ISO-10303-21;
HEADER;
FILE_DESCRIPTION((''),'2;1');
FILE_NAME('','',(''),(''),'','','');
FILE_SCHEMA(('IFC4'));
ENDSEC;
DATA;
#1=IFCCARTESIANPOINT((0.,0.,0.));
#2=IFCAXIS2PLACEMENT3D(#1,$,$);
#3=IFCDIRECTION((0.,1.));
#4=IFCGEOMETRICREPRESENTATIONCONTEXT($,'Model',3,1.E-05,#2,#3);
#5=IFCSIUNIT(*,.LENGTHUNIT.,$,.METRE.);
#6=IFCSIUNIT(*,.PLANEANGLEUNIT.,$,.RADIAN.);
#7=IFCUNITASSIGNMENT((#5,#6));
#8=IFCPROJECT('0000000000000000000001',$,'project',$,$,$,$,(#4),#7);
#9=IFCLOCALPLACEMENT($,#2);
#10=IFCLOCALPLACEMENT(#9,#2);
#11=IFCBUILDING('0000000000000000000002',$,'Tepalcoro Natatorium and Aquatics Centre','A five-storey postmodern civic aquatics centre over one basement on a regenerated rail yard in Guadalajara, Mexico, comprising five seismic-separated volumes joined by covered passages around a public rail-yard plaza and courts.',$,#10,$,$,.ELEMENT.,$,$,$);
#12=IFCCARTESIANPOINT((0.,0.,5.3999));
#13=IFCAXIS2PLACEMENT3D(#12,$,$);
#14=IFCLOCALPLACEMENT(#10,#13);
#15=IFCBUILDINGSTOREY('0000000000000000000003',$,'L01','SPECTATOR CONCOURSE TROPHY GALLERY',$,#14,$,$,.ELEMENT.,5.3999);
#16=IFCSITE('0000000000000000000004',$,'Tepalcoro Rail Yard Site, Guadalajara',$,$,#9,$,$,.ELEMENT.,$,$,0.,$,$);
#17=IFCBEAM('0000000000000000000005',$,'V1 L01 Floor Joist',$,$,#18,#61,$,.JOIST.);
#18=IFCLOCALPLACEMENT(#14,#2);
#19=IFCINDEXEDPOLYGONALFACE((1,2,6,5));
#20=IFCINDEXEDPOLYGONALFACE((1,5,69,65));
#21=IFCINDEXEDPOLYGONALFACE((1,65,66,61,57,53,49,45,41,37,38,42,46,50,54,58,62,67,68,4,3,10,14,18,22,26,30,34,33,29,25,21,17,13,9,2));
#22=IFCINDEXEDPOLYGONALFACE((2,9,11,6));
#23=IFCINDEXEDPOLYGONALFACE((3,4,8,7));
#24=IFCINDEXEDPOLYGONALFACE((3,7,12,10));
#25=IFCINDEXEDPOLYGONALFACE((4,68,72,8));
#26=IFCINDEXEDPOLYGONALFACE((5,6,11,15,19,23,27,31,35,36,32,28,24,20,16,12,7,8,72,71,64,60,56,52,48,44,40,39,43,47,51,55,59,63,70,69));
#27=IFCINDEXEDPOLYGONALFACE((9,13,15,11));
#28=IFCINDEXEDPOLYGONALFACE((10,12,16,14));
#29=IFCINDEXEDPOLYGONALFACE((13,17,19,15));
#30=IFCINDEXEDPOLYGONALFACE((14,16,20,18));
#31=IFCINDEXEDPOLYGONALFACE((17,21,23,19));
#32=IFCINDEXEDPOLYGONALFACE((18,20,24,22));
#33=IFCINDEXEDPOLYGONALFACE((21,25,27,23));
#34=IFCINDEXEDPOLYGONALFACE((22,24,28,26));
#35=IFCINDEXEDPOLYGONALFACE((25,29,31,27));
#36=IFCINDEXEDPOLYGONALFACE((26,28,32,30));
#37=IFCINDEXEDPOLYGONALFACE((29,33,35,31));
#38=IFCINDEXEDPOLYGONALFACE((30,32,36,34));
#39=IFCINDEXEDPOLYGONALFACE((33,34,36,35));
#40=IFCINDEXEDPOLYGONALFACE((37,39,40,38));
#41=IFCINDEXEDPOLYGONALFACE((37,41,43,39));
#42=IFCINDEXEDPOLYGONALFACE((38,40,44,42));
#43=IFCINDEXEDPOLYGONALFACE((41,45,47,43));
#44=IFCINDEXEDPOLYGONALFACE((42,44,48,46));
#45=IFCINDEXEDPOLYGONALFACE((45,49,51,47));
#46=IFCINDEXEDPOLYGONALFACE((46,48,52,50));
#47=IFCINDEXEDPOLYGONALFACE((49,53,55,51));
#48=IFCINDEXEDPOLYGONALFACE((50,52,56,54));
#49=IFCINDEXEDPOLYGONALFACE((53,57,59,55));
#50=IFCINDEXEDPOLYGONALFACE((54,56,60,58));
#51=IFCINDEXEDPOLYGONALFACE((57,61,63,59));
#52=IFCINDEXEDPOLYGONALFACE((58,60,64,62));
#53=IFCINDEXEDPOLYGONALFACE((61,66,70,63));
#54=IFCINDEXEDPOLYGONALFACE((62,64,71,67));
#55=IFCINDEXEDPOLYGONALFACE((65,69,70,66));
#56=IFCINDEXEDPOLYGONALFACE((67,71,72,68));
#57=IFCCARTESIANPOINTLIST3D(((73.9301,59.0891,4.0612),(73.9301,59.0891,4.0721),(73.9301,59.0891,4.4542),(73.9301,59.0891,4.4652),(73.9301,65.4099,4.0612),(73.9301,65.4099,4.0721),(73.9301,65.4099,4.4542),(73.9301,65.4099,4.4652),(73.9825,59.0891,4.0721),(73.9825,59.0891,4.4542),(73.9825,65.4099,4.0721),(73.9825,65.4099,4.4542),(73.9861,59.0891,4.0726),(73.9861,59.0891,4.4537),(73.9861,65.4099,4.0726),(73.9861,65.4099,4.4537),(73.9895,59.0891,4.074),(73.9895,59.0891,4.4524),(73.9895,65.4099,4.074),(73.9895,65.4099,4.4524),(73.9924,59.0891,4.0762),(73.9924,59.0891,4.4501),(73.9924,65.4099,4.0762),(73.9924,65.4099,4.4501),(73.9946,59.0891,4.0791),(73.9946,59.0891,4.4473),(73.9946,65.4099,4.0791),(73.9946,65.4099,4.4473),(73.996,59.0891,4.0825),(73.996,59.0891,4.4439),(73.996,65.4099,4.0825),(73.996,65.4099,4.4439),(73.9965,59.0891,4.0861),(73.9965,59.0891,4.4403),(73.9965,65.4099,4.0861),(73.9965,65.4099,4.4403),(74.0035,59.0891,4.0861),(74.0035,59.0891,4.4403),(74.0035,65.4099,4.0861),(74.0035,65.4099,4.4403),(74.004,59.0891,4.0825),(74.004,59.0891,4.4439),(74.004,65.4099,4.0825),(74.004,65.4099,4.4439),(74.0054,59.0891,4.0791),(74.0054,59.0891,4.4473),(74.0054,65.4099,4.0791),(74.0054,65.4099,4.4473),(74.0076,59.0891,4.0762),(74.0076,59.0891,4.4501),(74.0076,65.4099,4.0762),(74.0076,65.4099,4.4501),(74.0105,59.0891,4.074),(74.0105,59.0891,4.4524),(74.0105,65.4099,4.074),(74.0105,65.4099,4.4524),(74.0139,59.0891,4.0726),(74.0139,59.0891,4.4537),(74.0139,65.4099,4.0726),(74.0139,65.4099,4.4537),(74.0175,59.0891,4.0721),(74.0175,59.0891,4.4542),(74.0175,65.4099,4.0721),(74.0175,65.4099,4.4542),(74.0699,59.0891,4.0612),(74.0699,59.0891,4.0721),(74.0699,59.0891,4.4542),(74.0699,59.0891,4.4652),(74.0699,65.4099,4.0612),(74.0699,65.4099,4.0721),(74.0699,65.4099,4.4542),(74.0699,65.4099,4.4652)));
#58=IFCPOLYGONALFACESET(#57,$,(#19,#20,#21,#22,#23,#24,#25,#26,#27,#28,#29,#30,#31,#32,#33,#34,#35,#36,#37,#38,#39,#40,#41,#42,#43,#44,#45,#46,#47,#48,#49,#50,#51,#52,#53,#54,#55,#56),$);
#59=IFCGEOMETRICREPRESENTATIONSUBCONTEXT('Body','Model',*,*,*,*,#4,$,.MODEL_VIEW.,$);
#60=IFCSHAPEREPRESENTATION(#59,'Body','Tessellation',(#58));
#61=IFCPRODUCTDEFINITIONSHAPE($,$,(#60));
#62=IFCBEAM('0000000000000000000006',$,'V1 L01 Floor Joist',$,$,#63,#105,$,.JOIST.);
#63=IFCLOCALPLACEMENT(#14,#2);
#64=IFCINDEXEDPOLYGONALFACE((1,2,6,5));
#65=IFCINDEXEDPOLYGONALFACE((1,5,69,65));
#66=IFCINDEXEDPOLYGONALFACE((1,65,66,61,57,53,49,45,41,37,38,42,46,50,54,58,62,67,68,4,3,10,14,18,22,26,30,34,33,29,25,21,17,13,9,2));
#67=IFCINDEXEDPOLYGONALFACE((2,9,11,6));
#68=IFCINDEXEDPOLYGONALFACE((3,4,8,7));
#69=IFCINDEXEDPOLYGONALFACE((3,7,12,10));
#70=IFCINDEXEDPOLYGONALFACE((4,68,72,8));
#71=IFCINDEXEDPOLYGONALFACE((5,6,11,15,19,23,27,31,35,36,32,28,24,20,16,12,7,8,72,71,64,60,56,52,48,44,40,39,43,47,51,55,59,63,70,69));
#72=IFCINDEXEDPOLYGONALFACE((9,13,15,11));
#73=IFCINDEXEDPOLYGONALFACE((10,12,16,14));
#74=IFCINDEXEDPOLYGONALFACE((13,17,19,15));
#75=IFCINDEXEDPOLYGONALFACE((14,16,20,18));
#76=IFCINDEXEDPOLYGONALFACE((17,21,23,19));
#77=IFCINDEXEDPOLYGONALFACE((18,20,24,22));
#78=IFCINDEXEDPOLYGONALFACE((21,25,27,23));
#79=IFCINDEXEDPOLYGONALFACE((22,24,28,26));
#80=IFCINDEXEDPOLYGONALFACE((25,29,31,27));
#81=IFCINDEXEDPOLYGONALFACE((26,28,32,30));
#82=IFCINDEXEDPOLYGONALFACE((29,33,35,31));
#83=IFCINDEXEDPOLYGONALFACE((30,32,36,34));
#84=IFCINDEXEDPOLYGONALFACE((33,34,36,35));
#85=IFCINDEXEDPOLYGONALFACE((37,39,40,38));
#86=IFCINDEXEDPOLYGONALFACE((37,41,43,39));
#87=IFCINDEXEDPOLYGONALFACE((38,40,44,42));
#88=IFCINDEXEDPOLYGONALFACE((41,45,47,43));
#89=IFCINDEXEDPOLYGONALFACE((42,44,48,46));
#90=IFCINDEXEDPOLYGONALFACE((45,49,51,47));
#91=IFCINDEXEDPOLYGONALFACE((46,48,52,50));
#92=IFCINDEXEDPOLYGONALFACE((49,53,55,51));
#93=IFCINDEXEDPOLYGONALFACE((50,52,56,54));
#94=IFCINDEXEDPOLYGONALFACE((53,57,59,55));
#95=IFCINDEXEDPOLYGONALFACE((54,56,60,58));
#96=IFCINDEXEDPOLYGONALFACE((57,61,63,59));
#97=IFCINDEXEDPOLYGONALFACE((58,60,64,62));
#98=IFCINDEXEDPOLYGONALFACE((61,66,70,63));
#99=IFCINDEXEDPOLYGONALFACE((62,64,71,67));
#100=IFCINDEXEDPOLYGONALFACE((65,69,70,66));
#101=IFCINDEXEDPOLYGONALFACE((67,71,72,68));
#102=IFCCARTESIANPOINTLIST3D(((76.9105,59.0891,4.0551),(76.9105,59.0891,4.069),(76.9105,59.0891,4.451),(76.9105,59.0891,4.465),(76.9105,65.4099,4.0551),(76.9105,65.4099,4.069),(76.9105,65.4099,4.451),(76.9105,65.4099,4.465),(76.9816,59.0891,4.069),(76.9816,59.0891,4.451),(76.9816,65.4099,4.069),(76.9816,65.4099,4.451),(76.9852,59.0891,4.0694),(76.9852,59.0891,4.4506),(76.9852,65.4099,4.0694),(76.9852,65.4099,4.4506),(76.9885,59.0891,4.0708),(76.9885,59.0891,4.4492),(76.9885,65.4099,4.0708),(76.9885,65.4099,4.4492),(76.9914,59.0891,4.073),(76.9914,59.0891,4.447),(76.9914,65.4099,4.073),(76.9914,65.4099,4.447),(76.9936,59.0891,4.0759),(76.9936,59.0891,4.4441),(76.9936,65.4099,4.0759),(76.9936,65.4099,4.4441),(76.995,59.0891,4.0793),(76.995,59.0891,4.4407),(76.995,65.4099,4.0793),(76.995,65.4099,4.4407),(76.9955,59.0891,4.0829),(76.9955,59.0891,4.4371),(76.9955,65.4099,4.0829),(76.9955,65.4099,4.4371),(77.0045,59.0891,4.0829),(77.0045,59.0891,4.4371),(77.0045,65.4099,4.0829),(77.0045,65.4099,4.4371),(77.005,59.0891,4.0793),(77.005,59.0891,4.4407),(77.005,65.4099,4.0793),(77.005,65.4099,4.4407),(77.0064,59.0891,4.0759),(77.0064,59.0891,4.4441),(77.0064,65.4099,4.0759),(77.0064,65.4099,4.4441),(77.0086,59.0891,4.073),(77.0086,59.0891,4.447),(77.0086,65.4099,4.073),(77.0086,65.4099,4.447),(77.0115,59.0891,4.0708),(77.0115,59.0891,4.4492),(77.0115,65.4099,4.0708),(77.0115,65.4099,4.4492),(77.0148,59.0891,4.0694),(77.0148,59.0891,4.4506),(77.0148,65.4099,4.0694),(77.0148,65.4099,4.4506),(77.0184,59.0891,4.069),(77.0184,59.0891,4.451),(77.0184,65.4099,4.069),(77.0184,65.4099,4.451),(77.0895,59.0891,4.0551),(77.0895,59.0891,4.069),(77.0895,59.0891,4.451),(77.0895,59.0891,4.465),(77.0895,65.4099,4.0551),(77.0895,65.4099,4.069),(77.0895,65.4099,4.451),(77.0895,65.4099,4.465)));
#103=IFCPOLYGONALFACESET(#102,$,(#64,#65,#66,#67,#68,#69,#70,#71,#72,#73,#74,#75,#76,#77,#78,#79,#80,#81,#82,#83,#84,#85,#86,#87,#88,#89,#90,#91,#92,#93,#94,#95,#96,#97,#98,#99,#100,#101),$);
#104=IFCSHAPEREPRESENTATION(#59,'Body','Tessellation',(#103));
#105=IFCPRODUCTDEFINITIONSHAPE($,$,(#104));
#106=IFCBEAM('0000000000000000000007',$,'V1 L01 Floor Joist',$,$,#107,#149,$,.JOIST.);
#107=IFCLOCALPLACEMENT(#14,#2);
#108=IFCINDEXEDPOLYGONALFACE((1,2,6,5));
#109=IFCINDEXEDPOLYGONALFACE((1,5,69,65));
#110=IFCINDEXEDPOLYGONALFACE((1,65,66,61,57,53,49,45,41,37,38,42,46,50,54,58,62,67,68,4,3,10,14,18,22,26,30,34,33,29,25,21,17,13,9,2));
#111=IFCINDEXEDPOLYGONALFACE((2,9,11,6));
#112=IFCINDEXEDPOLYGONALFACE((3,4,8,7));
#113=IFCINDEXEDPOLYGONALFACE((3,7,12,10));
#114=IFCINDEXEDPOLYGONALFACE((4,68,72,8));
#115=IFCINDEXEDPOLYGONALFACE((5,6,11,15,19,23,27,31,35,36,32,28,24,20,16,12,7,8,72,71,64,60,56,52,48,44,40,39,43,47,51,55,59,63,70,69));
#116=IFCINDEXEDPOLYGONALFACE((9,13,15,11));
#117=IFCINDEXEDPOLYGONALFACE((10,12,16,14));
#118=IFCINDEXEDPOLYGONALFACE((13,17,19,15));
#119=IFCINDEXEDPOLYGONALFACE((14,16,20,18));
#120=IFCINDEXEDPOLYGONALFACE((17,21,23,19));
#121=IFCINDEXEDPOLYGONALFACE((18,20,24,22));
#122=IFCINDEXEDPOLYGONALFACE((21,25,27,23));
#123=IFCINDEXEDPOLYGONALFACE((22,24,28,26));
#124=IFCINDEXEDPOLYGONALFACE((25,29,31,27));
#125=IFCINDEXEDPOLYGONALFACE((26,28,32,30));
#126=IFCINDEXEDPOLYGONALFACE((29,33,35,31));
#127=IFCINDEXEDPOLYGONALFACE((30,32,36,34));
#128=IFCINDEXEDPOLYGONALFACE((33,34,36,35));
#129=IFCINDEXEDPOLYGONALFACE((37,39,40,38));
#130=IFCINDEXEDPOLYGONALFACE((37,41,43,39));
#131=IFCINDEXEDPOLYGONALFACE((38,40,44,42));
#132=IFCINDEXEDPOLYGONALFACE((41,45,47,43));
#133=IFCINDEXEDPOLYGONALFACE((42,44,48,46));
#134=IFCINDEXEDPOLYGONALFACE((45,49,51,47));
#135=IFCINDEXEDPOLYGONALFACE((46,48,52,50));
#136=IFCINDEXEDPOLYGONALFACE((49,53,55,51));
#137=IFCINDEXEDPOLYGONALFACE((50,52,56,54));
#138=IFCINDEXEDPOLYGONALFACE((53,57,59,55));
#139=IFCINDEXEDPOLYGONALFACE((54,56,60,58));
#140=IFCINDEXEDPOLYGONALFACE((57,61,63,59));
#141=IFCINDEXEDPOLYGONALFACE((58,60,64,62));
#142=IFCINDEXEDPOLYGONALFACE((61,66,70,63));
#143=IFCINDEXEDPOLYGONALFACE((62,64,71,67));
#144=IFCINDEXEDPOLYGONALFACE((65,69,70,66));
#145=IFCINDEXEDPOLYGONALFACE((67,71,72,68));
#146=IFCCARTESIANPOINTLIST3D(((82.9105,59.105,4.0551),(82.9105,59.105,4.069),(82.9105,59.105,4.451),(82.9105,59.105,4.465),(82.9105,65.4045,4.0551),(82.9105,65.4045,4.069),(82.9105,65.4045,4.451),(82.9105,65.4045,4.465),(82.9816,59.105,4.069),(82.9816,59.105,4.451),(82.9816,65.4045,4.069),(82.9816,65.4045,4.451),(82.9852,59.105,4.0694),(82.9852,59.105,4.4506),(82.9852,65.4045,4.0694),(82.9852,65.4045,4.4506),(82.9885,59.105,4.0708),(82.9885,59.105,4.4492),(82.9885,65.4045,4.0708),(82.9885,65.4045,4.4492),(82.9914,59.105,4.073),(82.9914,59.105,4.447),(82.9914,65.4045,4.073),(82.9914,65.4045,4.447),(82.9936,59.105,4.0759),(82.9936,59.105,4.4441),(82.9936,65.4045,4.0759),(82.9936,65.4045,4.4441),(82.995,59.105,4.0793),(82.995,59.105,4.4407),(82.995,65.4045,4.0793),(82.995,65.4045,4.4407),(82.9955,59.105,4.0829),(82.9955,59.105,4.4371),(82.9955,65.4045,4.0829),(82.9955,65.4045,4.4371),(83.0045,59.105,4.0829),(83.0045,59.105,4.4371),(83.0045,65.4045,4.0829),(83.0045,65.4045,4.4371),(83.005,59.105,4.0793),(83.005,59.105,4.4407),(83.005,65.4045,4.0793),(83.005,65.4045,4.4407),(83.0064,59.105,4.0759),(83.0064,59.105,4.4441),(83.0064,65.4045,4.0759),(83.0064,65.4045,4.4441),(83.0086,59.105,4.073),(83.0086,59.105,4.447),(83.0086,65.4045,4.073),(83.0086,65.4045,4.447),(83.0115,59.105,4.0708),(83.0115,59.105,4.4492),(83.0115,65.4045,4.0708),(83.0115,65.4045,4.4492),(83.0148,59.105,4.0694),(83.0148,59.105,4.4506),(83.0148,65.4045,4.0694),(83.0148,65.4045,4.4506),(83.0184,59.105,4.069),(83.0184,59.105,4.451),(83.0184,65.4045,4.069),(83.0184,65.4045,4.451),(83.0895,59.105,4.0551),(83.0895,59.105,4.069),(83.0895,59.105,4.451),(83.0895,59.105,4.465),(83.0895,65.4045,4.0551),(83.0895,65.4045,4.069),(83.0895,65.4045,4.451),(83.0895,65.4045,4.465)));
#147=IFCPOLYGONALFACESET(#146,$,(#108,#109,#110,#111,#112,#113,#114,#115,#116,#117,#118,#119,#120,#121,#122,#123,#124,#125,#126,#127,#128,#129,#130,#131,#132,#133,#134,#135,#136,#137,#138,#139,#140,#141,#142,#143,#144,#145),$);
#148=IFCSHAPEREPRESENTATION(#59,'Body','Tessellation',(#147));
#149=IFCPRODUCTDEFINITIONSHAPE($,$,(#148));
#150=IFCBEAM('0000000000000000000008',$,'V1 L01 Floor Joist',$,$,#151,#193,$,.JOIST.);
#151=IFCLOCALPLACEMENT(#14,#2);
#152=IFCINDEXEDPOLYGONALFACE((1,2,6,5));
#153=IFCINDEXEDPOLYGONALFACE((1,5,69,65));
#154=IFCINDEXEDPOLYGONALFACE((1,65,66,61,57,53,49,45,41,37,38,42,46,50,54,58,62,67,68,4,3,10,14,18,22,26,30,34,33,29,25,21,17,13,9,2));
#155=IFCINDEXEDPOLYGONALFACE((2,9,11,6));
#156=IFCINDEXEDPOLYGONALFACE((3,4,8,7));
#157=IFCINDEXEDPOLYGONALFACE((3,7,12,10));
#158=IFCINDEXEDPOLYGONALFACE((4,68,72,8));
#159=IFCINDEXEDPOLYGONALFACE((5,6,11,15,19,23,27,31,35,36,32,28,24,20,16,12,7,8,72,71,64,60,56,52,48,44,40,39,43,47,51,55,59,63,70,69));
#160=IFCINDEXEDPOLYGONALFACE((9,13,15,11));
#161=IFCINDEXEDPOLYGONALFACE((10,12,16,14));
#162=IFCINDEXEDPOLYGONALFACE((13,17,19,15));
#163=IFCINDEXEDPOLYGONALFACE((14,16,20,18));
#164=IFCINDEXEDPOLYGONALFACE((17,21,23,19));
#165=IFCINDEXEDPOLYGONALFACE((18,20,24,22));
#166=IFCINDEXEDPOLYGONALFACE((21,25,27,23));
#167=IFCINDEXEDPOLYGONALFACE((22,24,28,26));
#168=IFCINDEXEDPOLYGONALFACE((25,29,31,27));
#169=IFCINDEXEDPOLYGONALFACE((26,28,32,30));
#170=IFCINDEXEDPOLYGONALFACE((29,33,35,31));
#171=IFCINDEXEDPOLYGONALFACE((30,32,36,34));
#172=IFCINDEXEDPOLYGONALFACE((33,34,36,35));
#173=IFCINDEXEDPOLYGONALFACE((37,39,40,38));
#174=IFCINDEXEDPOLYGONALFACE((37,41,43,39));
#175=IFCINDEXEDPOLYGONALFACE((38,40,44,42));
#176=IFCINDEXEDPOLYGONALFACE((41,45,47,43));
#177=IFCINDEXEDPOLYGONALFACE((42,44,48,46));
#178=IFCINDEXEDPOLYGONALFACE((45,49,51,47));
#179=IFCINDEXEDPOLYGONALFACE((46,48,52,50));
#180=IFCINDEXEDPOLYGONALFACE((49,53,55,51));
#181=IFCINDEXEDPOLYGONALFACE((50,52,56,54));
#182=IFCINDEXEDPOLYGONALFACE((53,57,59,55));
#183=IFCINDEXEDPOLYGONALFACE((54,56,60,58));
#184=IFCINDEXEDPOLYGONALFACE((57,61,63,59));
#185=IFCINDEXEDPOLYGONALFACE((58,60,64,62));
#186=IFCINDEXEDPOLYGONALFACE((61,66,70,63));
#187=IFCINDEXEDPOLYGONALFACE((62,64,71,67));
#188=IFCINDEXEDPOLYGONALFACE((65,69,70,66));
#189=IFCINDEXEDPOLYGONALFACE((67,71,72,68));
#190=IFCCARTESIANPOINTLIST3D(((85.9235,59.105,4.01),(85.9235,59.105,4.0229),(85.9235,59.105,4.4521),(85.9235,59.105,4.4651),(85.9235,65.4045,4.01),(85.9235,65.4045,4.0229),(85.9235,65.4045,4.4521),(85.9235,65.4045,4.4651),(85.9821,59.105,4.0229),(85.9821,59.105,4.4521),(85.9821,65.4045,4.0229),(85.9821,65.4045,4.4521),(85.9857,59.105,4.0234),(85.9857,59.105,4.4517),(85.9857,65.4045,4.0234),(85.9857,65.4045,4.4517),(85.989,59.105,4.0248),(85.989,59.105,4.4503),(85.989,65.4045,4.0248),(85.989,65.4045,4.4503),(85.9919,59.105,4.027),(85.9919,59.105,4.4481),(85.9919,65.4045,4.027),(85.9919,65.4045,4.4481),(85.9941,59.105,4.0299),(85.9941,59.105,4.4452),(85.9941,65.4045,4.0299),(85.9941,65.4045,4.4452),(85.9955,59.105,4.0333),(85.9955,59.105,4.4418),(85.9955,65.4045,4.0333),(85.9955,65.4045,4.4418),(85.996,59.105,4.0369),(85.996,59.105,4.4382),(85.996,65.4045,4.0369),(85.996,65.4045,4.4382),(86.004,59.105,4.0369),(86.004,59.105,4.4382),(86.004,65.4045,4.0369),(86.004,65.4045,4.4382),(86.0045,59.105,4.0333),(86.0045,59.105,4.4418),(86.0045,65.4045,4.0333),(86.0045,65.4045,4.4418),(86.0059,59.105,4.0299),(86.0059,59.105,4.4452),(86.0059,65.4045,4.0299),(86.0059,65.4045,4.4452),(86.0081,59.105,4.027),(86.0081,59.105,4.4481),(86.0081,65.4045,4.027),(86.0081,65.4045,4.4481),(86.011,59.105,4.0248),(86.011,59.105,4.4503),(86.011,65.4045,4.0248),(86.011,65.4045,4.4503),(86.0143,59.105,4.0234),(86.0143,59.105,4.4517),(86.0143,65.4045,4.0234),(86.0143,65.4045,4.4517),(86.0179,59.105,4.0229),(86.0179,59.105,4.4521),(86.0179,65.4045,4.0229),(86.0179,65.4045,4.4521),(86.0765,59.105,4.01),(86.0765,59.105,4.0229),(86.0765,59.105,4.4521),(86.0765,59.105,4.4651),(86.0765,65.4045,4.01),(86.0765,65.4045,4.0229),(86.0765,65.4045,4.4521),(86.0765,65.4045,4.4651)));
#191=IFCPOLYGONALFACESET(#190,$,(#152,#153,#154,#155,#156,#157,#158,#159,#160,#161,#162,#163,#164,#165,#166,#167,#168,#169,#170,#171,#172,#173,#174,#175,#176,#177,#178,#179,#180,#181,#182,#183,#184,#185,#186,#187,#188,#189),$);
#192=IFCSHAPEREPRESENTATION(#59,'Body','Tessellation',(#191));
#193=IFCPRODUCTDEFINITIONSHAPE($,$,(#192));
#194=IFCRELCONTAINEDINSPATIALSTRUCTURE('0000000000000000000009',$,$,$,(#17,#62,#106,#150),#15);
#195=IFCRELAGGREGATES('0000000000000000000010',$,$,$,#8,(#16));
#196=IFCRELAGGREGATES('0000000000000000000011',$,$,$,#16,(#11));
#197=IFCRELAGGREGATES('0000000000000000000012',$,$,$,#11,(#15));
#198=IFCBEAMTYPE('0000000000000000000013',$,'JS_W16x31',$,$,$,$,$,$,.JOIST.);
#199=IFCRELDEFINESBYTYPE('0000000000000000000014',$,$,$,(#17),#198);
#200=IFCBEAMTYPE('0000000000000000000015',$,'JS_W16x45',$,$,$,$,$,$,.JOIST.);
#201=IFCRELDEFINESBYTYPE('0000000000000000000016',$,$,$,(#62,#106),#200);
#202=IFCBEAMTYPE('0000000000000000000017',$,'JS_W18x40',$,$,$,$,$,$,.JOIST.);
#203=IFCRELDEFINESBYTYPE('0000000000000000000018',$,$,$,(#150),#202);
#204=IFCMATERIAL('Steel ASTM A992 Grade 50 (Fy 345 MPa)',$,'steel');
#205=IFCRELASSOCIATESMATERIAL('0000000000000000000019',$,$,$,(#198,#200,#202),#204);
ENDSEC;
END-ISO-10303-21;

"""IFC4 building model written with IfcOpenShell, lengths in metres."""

from ifc_helpers import new_model, si_unit, direction, frame, origin, origin_2d, place, context, subcontext, project, spatial, i_section, extrude, material, material_profile, profile_set, type_object, element, save


model = new_model("IFC4")

# Units and contexts
model_context = context("Model", 3, precision=1e-05, world=origin(), true_north=direction((0.0, 1.0)))
body_context = subcontext(model_context, "Body", "Model", "MODEL_VIEW")
ifc_project = project(units=[si_unit("LENGTHUNIT", "METRE"), si_unit("PLANEANGLEUNIT", "RADIAN")], contexts=[model_context])

# Site, building, storey
site_placement = place(None, origin())
site = spatial("IfcSite", under=ifc_project, at=site_placement, Name="Tepalcoro Rail Yard Site, Guadalajara", CompositionType="ELEMENT", RefElevation=0.0)
building_placement = place(site_placement, origin())
building = spatial("IfcBuilding", under=site, at=building_placement, Name="Tepalcoro Natatorium and Aquatics Centre", Description="A five-storey postmodern civic aquatics centre over one basement on a regenerated rail yard in Guadalajara, Mexico, comprising five seismic-separated volumes joined by covered passages around a public rail-yard plaza and courts.", CompositionType="ELEMENT")
storey_placement = place(building_placement, frame((0.0, 0.0, 5.3999)))
storey = spatial("IfcBuildingStorey", under=building, at=storey_placement, Name="L01", Description="SPECTATOR CONCOURSE TROPHY GALLERY", CompositionType="ELEMENT", Elevation=5.3999)

# Beams
ifc_material_1 = material(Name="Steel ASTM A992 Grade 50 (Fy 345 MPa)", Category="steel")
ifc_material_profile_1 = material_profile(ifc_material_1, i_section(OverallWidth=0.1399, OverallDepth=0.4041, WebThickness=0.0071, FlangeThickness=0.011, FilletRadius=0.0139, at=origin_2d()), Name="W16X31")
ifc_profile_set_1 = profile_set([ifc_material_profile_1], Name="Steel ASTM A992 Grade 50 (Fy 345 MPa)")
beam_type_1 = type_object("IfcBeamType", Name="JS_W16x31", PredefinedType="JOIST", material=ifc_profile_set_1)
beam_1_placement = place(storey_placement, frame((74.0, 59.0891, 4.2632), z_axis=(0.0, 1.0, 0.0), x_axis=(-1.0, 0.0, 0.0)))
element("IfcBeam", 1, at=beam_1_placement, inside=storey, type_object=beam_type_1, Name="V1 L01 Floor Joist", PredefinedType="JOIST", context=body_context, shape_type="SweptSolid", body=[
    extrude(i_section(OverallWidth=0.1399, OverallDepth=0.4041, WebThickness=0.0071, FlangeThickness=0.011, FilletRadius=0.0139, at=origin_2d()), origin(), (0.0, 0.0, 1.0), 6.3208),
])
ifc_material_profile_2 = material_profile(ifc_material_1, i_section(OverallWidth=0.179, OverallDepth=0.4099, WebThickness=0.009, FlangeThickness=0.0139, FilletRadius=0.0139, at=origin_2d()), Name="W16X45")
ifc_profile_set_2 = profile_set([ifc_material_profile_2], Name="Steel ASTM A992 Grade 50 (Fy 345 MPa)")
beam_type_2 = type_object("IfcBeamType", Name="JS_W16x45", PredefinedType="JOIST", material=ifc_profile_set_2)
beam_2_placement = place(storey_placement, frame((77.0, 59.0891, 4.26), z_axis=(0.0, 1.0, 0.0), x_axis=(-1.0, 0.0, 0.0)))
element("IfcBeam", 2, at=beam_2_placement, inside=storey, type_object=beam_type_2, Name="V1 L01 Floor Joist", PredefinedType="JOIST", context=body_context, shape_type="SweptSolid", body=[
    extrude(i_section(OverallWidth=0.179, OverallDepth=0.4099, WebThickness=0.009, FlangeThickness=0.0139, FilletRadius=0.0139, at=origin_2d()), origin(), (0.0, 0.0, 1.0), 6.3208),
])
beam_3_placement = place(storey_placement, frame((83.0, 59.105, 4.26), z_axis=(0.0, 1.0, 0.0), x_axis=(-1.0, 0.0, 0.0)))
element("IfcBeam", 3, at=beam_3_placement, inside=storey, type_object=beam_type_2, Name="V1 L01 Floor Joist", PredefinedType="JOIST", context=body_context, shape_type="SweptSolid", body=[
    extrude(i_section(OverallWidth=0.179, OverallDepth=0.4099, WebThickness=0.009, FlangeThickness=0.0139, FilletRadius=0.0139, at=origin_2d()), origin(), (0.0, 0.0, 1.0), 6.2996),
])
ifc_material_profile_3 = material_profile(ifc_material_1, i_section(OverallWidth=0.1531, OverallDepth=0.4551, WebThickness=0.0081, FlangeThickness=0.0129, FilletRadius=0.0139, at=origin_2d()), Name="W18X40")
ifc_profile_set_3 = profile_set([ifc_material_profile_3], Name="Steel ASTM A992 Grade 50 (Fy 345 MPa)")
beam_type_3 = type_object("IfcBeamType", Name="JS_W18x40", PredefinedType="JOIST", material=ifc_profile_set_3)
beam_4_placement = place(storey_placement, frame((86.0, 59.105, 4.2375), z_axis=(0.0, 1.0, 0.0), x_axis=(-1.0, 0.0, 0.0)))
element("IfcBeam", 4, at=beam_4_placement, inside=storey, type_object=beam_type_3, Name="V1 L01 Floor Joist", PredefinedType="JOIST", context=body_context, shape_type="SweptSolid", body=[
    extrude(i_section(OverallWidth=0.1531, OverallDepth=0.4551, WebThickness=0.0081, FlangeThickness=0.0129, FilletRadius=0.0139, at=origin_2d()), origin(), (0.0, 0.0, 1.0), 6.2996),
])

save(model, "model.ifc")
